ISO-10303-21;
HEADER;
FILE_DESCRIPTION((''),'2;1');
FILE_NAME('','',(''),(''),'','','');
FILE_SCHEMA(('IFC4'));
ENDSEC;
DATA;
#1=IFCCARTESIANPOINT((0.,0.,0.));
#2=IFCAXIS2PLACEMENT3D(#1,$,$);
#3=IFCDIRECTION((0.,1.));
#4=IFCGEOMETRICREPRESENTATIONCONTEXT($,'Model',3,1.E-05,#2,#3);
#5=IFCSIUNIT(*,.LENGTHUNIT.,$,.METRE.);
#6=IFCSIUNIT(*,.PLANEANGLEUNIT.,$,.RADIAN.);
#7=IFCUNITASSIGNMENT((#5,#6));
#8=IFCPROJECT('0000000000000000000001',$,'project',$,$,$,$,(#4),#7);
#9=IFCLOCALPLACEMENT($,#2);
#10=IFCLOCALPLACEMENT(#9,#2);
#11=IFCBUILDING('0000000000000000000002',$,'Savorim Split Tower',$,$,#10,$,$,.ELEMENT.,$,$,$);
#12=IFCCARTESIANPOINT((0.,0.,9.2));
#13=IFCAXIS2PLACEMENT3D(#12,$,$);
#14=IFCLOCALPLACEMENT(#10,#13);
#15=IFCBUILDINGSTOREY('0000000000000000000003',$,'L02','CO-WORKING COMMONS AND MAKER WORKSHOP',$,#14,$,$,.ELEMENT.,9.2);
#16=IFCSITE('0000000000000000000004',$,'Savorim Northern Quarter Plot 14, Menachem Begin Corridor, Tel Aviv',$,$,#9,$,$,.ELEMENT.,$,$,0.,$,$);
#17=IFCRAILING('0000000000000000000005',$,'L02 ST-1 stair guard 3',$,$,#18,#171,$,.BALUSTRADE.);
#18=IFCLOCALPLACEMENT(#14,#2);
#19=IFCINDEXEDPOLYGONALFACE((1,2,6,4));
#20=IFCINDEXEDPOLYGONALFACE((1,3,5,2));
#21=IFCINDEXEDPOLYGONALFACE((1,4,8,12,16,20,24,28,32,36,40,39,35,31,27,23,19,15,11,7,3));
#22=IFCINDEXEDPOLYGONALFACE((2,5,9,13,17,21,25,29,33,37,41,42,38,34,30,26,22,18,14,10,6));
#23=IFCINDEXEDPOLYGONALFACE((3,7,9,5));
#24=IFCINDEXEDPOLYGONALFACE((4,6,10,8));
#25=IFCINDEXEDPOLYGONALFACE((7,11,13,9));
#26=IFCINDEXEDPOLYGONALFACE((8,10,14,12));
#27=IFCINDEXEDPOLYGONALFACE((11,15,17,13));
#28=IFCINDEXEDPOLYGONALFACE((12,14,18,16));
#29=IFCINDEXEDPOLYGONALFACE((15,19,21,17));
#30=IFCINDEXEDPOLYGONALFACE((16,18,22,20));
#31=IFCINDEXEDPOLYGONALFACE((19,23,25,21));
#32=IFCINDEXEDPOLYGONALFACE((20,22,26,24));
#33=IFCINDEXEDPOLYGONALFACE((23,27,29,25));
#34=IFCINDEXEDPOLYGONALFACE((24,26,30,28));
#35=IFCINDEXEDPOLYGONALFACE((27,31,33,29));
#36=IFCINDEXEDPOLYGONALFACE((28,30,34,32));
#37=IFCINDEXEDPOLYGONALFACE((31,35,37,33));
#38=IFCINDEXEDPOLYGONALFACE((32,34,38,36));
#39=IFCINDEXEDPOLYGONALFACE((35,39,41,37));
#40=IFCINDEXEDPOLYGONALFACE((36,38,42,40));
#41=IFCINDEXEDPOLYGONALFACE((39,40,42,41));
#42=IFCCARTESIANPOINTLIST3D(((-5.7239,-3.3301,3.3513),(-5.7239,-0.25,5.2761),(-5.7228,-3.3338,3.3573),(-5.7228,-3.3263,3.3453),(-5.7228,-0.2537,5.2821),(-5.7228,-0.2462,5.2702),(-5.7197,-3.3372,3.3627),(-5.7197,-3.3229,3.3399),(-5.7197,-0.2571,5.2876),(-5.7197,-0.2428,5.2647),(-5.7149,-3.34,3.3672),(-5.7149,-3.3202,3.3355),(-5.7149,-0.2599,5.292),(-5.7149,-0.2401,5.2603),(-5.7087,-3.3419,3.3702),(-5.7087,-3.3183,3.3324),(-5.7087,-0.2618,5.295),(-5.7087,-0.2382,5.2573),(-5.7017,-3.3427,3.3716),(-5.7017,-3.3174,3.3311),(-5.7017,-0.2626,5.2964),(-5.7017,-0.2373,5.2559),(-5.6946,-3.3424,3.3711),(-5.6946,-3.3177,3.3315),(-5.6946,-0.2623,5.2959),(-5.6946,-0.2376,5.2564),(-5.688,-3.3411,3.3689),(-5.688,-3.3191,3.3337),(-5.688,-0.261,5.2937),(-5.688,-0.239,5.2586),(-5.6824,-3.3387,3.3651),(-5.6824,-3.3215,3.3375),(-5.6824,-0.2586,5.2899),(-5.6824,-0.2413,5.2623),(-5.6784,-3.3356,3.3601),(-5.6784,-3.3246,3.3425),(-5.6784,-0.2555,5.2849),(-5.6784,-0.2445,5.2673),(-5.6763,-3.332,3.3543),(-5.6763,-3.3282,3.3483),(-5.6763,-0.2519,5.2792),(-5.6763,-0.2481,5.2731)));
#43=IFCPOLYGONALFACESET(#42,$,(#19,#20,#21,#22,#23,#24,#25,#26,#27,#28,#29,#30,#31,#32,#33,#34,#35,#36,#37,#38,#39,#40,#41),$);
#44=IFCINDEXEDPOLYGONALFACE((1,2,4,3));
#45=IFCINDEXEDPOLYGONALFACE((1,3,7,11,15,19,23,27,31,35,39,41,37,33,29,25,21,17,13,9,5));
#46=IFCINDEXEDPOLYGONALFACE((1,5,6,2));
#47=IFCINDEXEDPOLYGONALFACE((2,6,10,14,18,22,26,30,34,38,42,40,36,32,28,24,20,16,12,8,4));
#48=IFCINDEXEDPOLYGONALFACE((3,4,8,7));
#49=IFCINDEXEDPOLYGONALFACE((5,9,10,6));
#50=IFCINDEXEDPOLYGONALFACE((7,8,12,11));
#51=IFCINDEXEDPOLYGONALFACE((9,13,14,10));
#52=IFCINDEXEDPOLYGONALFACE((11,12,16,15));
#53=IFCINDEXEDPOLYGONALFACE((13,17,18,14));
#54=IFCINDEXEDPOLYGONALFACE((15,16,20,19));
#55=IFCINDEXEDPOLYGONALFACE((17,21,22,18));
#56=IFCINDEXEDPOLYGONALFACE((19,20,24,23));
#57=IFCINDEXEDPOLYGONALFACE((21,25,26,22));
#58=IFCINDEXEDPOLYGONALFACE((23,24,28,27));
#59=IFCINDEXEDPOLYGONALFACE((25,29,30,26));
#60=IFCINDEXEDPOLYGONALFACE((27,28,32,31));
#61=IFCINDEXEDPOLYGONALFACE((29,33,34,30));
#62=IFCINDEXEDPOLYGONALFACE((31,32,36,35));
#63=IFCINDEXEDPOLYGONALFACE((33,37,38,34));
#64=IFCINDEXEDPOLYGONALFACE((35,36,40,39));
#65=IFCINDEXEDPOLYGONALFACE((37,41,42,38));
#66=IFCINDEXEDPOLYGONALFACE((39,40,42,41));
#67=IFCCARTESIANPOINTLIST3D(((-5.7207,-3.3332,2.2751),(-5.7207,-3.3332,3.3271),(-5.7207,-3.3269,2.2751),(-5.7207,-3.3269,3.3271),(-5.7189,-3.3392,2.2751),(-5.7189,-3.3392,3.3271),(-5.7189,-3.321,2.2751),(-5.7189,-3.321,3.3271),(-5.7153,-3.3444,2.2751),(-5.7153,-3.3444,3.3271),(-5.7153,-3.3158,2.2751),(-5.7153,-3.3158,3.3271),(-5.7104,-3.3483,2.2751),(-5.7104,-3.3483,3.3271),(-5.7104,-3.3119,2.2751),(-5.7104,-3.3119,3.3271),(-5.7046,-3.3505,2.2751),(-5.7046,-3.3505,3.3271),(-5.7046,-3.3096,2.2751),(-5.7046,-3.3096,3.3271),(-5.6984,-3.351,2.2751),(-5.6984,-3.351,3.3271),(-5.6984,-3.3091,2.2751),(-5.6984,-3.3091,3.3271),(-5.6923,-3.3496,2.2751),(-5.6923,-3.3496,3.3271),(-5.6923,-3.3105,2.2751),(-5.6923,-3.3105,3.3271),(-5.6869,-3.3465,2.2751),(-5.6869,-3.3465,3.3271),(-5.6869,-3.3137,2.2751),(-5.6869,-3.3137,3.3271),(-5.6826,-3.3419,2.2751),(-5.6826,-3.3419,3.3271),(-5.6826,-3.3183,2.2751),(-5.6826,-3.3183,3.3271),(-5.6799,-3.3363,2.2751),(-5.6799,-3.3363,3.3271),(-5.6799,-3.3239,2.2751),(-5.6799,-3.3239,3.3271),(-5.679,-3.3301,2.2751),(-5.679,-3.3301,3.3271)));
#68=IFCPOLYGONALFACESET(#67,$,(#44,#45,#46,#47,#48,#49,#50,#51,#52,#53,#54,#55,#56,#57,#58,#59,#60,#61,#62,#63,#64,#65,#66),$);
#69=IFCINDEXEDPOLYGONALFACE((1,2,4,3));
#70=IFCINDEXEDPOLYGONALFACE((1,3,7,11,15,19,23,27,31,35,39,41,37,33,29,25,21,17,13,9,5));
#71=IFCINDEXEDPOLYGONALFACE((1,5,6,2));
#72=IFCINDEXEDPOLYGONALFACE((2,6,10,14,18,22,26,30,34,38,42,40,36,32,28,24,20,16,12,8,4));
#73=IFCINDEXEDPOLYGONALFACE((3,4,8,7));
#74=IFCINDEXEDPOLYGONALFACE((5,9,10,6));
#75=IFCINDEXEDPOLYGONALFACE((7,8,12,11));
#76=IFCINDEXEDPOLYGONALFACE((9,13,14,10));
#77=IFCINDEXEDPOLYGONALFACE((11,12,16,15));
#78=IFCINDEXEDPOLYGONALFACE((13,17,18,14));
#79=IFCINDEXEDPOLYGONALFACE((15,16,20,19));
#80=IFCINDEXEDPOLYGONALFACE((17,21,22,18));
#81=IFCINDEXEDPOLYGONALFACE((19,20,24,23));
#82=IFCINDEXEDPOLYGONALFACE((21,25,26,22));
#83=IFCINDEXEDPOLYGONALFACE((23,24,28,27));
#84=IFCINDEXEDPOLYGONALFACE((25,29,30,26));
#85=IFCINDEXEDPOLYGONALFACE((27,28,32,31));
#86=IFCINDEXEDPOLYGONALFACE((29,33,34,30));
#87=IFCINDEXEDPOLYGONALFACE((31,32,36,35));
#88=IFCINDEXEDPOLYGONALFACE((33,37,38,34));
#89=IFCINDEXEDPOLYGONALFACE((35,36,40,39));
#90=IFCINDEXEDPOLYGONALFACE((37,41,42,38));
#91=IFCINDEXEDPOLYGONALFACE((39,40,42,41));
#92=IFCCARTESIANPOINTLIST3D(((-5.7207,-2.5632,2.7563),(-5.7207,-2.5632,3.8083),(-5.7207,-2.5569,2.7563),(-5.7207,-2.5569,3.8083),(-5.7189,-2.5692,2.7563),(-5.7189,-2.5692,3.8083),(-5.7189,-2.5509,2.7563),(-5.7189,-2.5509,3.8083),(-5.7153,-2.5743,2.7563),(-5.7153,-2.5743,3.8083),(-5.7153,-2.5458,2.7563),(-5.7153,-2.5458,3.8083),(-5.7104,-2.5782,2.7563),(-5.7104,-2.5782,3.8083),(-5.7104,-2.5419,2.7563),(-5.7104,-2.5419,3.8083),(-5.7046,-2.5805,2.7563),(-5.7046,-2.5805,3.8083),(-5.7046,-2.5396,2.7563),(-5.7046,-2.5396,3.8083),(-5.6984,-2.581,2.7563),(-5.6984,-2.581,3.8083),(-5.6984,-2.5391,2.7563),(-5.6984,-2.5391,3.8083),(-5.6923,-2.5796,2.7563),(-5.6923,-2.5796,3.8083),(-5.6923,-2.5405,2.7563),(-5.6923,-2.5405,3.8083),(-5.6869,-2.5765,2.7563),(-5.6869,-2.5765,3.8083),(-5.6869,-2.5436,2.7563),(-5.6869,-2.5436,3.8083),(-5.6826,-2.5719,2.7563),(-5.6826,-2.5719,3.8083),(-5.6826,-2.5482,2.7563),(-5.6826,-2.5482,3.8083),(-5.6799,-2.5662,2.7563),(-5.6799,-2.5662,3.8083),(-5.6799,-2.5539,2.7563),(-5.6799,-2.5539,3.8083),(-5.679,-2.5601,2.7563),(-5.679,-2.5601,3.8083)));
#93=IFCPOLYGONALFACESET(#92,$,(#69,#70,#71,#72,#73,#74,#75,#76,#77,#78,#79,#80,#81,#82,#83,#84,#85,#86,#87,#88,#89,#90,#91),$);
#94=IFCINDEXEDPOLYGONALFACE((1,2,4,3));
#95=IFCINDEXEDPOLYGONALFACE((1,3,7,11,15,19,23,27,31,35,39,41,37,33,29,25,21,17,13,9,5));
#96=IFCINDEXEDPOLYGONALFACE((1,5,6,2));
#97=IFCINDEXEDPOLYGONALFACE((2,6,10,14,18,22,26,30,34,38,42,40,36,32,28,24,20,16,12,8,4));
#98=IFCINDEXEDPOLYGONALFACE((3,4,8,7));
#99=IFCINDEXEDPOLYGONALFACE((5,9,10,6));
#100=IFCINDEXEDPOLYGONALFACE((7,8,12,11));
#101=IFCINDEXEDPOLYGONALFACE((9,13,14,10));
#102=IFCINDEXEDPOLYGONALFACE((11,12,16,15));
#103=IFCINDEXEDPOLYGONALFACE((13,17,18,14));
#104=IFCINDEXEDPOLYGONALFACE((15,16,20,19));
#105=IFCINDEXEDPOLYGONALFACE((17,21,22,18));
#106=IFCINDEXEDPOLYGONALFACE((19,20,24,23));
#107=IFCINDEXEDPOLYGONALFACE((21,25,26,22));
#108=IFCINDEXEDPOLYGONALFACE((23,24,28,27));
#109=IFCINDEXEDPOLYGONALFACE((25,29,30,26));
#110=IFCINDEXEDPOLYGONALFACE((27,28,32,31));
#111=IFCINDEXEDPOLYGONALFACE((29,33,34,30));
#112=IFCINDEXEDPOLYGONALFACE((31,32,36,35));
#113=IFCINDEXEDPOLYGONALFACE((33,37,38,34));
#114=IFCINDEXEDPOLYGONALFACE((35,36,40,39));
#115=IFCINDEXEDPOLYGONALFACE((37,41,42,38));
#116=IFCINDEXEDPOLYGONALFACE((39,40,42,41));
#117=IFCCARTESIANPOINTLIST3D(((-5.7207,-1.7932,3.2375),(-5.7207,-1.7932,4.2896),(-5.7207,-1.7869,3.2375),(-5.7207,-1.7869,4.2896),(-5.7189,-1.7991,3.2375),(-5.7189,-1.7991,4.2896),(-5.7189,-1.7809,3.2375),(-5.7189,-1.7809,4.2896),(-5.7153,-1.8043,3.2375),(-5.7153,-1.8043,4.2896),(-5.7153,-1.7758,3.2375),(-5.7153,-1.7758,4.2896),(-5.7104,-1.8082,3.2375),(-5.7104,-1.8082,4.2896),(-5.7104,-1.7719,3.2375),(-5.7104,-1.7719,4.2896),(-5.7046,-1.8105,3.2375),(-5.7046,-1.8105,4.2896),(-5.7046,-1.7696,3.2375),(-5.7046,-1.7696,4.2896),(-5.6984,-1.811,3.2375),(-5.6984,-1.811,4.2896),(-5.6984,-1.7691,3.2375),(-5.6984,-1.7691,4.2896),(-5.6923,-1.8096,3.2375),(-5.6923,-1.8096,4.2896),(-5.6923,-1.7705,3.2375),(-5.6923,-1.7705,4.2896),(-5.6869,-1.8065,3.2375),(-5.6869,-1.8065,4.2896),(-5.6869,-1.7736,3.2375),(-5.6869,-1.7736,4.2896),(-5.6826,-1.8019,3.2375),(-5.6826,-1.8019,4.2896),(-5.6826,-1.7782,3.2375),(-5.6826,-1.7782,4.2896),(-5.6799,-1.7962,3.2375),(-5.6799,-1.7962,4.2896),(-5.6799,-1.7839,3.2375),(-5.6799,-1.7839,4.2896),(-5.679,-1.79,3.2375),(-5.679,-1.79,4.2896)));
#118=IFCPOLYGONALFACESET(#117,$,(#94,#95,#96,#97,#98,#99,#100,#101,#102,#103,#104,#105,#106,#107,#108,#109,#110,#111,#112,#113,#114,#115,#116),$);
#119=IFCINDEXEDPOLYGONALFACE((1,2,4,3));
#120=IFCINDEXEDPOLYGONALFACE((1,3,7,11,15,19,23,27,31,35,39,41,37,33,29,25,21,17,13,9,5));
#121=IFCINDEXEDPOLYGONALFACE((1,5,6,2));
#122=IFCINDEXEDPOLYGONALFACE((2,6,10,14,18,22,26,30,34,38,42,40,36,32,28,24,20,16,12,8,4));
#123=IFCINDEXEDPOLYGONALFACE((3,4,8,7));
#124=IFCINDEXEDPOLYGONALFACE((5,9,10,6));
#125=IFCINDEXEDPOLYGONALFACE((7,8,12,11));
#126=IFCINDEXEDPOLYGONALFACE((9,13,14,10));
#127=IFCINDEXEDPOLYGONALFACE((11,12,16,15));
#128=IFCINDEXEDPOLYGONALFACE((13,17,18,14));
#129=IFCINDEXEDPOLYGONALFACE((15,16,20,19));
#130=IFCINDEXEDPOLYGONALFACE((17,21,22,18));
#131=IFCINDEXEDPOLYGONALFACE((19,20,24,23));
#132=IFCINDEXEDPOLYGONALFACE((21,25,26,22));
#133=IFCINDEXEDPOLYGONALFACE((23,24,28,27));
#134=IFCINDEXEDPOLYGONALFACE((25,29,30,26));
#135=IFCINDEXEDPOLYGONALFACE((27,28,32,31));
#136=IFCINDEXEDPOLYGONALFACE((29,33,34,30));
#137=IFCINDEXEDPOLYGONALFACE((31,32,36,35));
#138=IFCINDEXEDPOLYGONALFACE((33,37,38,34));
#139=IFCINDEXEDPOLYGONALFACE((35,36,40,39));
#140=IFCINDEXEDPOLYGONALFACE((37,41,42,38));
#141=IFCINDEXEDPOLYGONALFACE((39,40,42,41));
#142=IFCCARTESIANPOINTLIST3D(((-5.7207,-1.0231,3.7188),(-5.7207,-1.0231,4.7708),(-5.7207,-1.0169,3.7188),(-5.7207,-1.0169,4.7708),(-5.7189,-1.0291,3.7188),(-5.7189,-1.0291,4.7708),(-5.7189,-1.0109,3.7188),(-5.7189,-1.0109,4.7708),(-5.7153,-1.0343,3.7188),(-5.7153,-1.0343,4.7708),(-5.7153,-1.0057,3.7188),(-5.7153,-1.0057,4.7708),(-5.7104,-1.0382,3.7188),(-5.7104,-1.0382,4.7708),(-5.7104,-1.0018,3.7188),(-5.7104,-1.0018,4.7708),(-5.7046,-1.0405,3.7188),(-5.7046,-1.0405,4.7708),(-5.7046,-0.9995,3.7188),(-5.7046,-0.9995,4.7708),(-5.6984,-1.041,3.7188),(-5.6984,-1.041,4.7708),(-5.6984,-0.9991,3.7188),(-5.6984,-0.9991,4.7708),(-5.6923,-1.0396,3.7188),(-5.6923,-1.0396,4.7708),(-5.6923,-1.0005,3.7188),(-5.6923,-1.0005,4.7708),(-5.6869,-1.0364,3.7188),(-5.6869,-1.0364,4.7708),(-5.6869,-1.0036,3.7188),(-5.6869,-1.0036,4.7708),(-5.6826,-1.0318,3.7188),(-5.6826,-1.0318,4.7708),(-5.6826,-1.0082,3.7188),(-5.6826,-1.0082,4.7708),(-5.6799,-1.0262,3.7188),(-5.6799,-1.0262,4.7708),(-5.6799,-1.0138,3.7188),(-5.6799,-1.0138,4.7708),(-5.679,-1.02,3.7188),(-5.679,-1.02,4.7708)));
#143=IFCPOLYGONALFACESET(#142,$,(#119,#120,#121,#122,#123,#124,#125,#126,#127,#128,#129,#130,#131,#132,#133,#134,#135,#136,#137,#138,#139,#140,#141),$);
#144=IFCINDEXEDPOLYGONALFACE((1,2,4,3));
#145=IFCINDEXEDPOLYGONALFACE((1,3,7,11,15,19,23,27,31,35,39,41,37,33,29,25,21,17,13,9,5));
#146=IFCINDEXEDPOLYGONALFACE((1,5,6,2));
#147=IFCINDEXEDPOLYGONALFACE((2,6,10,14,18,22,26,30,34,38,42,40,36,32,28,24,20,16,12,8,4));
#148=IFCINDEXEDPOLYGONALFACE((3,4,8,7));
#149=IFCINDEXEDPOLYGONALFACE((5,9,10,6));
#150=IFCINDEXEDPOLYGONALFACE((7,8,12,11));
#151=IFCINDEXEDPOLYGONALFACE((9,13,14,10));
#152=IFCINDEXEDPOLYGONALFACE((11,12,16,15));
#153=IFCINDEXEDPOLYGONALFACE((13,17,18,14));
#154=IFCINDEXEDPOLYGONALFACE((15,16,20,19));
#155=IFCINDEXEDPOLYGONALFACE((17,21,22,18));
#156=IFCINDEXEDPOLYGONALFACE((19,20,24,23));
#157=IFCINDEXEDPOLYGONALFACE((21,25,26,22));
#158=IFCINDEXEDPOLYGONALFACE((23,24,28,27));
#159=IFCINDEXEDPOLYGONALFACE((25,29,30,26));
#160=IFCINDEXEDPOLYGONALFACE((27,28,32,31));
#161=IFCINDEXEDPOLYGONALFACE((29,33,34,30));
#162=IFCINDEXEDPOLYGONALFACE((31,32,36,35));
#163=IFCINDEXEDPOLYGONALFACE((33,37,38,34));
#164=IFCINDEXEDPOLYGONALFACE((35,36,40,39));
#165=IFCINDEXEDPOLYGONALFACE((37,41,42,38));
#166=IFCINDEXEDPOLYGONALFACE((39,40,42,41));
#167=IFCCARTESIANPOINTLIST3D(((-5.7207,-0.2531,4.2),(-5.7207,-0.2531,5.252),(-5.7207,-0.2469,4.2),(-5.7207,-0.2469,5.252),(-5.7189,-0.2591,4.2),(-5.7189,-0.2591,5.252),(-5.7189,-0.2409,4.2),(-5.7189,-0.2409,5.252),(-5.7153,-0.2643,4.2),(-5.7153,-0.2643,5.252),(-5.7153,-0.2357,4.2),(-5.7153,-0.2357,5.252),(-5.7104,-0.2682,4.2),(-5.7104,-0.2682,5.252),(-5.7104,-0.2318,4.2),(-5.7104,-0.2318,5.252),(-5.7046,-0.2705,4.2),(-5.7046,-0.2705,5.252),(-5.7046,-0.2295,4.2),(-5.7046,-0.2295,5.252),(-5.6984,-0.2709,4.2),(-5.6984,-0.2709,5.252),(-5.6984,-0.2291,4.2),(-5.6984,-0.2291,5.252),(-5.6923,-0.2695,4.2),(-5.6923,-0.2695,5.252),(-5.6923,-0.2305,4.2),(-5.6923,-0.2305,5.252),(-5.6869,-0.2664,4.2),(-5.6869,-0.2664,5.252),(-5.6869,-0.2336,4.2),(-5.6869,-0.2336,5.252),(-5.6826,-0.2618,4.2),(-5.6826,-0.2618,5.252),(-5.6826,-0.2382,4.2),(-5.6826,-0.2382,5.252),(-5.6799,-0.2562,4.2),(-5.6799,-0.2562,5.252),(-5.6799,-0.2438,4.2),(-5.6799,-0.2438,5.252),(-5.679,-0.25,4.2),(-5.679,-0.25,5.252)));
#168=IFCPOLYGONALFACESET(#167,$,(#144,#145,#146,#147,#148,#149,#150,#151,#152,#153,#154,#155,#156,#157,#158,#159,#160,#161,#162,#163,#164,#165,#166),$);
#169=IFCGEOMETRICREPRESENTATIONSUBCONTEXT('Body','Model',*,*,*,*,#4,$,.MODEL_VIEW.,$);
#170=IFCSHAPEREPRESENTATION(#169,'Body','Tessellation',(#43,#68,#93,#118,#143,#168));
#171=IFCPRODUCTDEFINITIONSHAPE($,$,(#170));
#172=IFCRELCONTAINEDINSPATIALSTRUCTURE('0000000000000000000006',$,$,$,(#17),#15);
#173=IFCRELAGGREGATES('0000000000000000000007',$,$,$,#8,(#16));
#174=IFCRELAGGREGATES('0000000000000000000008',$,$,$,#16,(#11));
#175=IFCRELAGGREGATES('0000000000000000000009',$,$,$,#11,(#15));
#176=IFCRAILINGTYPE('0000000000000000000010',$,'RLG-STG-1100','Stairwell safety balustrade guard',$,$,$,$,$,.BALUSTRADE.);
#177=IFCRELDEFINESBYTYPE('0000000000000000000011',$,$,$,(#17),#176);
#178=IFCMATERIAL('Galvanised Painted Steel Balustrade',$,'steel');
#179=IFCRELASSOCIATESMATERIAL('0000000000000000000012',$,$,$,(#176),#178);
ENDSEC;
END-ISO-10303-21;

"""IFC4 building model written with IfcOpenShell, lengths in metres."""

from ifc_helpers import new_model, si_unit, direction, frame, origin, origin_2d, place, context, subcontext, project, spatial, circle, extrude, material, type_object, element, save


model = new_model("IFC4")

# Units and contexts
model_context = context("Model", 3, precision=1e-05, world=origin(), true_north=direction((0.0, 1.0)))
body_context = subcontext(model_context, "Body", "Model", "MODEL_VIEW")
ifc_project = project(units=[si_unit("LENGTHUNIT", "METRE"), si_unit("PLANEANGLEUNIT", "RADIAN")], contexts=[model_context])

# Site, building, storey
site_placement = place(None, origin())
site = spatial("IfcSite", under=ifc_project, at=site_placement, Name="Savorim Northern Quarter Plot 14, Menachem Begin Corridor, Tel Aviv", CompositionType="ELEMENT", RefElevation=0.0)
building_placement = place(site_placement, origin())
building = spatial("IfcBuilding", under=site, at=building_placement, Name="Savorim Split Tower", CompositionType="ELEMENT")
storey_placement = place(building_placement, frame((0.0, 0.0, 9.2)))
storey = spatial("IfcBuildingStorey", under=building, at=storey_placement, Name="L02", Description="CO-WORKING COMMONS AND MAKER WORKSHOP", CompositionType="ELEMENT", Elevation=9.2)

# Railing
ifc_material_1 = material(Name="Galvanised Painted Steel Balustrade", Category="steel")
railing_type_1 = type_object("IfcRailingType", Name="RLG-STG-1100", Description="Stairwell safety balustrade guard", PredefinedType="BALUSTRADE", material=ifc_material_1)
railing_1_placement = place(storey_placement, frame((-5.7, -3.3301, 2.2751)))
element("IfcRailing", 1, at=railing_1_placement, inside=storey, type_object=railing_type_1, Name="L02 ST-1 stair guard 3", PredefinedType="BALUSTRADE", context=body_context, shape_type="SweptSolid", body=[
    extrude(circle(Radius=0.0239, at=origin_2d()), frame((0.0, 0.0, 1.0762), z_axis=(0.0, 0.848029, 0.529951), x_axis=(-1.0, 0.0, 0.0)), (0.0, 0.0, 1.0), 3.6321),
    extrude(circle(Radius=0.021, at=origin_2d()), origin(), (0.0, 0.0, 1.0), 1.052),
    extrude(circle(Radius=0.021, at=origin_2d()), frame((0.0, 0.77, 0.4812)), (0.0, 0.0, 1.0), 1.052),
    extrude(circle(Radius=0.021, at=origin_2d()), frame((0.0, 1.54, 0.9624)), (0.0, 0.0, 1.0), 1.052),
    extrude(circle(Radius=0.021, at=origin_2d()), frame((0.0, 2.3101, 1.4436)), (0.0, 0.0, 1.0), 1.052),
    extrude(circle(Radius=0.021, at=origin_2d()), frame((0.0, 3.0801, 1.9248)), (0.0, 0.0, 1.0), 1.052),
])

save(model, "model.ifc")
